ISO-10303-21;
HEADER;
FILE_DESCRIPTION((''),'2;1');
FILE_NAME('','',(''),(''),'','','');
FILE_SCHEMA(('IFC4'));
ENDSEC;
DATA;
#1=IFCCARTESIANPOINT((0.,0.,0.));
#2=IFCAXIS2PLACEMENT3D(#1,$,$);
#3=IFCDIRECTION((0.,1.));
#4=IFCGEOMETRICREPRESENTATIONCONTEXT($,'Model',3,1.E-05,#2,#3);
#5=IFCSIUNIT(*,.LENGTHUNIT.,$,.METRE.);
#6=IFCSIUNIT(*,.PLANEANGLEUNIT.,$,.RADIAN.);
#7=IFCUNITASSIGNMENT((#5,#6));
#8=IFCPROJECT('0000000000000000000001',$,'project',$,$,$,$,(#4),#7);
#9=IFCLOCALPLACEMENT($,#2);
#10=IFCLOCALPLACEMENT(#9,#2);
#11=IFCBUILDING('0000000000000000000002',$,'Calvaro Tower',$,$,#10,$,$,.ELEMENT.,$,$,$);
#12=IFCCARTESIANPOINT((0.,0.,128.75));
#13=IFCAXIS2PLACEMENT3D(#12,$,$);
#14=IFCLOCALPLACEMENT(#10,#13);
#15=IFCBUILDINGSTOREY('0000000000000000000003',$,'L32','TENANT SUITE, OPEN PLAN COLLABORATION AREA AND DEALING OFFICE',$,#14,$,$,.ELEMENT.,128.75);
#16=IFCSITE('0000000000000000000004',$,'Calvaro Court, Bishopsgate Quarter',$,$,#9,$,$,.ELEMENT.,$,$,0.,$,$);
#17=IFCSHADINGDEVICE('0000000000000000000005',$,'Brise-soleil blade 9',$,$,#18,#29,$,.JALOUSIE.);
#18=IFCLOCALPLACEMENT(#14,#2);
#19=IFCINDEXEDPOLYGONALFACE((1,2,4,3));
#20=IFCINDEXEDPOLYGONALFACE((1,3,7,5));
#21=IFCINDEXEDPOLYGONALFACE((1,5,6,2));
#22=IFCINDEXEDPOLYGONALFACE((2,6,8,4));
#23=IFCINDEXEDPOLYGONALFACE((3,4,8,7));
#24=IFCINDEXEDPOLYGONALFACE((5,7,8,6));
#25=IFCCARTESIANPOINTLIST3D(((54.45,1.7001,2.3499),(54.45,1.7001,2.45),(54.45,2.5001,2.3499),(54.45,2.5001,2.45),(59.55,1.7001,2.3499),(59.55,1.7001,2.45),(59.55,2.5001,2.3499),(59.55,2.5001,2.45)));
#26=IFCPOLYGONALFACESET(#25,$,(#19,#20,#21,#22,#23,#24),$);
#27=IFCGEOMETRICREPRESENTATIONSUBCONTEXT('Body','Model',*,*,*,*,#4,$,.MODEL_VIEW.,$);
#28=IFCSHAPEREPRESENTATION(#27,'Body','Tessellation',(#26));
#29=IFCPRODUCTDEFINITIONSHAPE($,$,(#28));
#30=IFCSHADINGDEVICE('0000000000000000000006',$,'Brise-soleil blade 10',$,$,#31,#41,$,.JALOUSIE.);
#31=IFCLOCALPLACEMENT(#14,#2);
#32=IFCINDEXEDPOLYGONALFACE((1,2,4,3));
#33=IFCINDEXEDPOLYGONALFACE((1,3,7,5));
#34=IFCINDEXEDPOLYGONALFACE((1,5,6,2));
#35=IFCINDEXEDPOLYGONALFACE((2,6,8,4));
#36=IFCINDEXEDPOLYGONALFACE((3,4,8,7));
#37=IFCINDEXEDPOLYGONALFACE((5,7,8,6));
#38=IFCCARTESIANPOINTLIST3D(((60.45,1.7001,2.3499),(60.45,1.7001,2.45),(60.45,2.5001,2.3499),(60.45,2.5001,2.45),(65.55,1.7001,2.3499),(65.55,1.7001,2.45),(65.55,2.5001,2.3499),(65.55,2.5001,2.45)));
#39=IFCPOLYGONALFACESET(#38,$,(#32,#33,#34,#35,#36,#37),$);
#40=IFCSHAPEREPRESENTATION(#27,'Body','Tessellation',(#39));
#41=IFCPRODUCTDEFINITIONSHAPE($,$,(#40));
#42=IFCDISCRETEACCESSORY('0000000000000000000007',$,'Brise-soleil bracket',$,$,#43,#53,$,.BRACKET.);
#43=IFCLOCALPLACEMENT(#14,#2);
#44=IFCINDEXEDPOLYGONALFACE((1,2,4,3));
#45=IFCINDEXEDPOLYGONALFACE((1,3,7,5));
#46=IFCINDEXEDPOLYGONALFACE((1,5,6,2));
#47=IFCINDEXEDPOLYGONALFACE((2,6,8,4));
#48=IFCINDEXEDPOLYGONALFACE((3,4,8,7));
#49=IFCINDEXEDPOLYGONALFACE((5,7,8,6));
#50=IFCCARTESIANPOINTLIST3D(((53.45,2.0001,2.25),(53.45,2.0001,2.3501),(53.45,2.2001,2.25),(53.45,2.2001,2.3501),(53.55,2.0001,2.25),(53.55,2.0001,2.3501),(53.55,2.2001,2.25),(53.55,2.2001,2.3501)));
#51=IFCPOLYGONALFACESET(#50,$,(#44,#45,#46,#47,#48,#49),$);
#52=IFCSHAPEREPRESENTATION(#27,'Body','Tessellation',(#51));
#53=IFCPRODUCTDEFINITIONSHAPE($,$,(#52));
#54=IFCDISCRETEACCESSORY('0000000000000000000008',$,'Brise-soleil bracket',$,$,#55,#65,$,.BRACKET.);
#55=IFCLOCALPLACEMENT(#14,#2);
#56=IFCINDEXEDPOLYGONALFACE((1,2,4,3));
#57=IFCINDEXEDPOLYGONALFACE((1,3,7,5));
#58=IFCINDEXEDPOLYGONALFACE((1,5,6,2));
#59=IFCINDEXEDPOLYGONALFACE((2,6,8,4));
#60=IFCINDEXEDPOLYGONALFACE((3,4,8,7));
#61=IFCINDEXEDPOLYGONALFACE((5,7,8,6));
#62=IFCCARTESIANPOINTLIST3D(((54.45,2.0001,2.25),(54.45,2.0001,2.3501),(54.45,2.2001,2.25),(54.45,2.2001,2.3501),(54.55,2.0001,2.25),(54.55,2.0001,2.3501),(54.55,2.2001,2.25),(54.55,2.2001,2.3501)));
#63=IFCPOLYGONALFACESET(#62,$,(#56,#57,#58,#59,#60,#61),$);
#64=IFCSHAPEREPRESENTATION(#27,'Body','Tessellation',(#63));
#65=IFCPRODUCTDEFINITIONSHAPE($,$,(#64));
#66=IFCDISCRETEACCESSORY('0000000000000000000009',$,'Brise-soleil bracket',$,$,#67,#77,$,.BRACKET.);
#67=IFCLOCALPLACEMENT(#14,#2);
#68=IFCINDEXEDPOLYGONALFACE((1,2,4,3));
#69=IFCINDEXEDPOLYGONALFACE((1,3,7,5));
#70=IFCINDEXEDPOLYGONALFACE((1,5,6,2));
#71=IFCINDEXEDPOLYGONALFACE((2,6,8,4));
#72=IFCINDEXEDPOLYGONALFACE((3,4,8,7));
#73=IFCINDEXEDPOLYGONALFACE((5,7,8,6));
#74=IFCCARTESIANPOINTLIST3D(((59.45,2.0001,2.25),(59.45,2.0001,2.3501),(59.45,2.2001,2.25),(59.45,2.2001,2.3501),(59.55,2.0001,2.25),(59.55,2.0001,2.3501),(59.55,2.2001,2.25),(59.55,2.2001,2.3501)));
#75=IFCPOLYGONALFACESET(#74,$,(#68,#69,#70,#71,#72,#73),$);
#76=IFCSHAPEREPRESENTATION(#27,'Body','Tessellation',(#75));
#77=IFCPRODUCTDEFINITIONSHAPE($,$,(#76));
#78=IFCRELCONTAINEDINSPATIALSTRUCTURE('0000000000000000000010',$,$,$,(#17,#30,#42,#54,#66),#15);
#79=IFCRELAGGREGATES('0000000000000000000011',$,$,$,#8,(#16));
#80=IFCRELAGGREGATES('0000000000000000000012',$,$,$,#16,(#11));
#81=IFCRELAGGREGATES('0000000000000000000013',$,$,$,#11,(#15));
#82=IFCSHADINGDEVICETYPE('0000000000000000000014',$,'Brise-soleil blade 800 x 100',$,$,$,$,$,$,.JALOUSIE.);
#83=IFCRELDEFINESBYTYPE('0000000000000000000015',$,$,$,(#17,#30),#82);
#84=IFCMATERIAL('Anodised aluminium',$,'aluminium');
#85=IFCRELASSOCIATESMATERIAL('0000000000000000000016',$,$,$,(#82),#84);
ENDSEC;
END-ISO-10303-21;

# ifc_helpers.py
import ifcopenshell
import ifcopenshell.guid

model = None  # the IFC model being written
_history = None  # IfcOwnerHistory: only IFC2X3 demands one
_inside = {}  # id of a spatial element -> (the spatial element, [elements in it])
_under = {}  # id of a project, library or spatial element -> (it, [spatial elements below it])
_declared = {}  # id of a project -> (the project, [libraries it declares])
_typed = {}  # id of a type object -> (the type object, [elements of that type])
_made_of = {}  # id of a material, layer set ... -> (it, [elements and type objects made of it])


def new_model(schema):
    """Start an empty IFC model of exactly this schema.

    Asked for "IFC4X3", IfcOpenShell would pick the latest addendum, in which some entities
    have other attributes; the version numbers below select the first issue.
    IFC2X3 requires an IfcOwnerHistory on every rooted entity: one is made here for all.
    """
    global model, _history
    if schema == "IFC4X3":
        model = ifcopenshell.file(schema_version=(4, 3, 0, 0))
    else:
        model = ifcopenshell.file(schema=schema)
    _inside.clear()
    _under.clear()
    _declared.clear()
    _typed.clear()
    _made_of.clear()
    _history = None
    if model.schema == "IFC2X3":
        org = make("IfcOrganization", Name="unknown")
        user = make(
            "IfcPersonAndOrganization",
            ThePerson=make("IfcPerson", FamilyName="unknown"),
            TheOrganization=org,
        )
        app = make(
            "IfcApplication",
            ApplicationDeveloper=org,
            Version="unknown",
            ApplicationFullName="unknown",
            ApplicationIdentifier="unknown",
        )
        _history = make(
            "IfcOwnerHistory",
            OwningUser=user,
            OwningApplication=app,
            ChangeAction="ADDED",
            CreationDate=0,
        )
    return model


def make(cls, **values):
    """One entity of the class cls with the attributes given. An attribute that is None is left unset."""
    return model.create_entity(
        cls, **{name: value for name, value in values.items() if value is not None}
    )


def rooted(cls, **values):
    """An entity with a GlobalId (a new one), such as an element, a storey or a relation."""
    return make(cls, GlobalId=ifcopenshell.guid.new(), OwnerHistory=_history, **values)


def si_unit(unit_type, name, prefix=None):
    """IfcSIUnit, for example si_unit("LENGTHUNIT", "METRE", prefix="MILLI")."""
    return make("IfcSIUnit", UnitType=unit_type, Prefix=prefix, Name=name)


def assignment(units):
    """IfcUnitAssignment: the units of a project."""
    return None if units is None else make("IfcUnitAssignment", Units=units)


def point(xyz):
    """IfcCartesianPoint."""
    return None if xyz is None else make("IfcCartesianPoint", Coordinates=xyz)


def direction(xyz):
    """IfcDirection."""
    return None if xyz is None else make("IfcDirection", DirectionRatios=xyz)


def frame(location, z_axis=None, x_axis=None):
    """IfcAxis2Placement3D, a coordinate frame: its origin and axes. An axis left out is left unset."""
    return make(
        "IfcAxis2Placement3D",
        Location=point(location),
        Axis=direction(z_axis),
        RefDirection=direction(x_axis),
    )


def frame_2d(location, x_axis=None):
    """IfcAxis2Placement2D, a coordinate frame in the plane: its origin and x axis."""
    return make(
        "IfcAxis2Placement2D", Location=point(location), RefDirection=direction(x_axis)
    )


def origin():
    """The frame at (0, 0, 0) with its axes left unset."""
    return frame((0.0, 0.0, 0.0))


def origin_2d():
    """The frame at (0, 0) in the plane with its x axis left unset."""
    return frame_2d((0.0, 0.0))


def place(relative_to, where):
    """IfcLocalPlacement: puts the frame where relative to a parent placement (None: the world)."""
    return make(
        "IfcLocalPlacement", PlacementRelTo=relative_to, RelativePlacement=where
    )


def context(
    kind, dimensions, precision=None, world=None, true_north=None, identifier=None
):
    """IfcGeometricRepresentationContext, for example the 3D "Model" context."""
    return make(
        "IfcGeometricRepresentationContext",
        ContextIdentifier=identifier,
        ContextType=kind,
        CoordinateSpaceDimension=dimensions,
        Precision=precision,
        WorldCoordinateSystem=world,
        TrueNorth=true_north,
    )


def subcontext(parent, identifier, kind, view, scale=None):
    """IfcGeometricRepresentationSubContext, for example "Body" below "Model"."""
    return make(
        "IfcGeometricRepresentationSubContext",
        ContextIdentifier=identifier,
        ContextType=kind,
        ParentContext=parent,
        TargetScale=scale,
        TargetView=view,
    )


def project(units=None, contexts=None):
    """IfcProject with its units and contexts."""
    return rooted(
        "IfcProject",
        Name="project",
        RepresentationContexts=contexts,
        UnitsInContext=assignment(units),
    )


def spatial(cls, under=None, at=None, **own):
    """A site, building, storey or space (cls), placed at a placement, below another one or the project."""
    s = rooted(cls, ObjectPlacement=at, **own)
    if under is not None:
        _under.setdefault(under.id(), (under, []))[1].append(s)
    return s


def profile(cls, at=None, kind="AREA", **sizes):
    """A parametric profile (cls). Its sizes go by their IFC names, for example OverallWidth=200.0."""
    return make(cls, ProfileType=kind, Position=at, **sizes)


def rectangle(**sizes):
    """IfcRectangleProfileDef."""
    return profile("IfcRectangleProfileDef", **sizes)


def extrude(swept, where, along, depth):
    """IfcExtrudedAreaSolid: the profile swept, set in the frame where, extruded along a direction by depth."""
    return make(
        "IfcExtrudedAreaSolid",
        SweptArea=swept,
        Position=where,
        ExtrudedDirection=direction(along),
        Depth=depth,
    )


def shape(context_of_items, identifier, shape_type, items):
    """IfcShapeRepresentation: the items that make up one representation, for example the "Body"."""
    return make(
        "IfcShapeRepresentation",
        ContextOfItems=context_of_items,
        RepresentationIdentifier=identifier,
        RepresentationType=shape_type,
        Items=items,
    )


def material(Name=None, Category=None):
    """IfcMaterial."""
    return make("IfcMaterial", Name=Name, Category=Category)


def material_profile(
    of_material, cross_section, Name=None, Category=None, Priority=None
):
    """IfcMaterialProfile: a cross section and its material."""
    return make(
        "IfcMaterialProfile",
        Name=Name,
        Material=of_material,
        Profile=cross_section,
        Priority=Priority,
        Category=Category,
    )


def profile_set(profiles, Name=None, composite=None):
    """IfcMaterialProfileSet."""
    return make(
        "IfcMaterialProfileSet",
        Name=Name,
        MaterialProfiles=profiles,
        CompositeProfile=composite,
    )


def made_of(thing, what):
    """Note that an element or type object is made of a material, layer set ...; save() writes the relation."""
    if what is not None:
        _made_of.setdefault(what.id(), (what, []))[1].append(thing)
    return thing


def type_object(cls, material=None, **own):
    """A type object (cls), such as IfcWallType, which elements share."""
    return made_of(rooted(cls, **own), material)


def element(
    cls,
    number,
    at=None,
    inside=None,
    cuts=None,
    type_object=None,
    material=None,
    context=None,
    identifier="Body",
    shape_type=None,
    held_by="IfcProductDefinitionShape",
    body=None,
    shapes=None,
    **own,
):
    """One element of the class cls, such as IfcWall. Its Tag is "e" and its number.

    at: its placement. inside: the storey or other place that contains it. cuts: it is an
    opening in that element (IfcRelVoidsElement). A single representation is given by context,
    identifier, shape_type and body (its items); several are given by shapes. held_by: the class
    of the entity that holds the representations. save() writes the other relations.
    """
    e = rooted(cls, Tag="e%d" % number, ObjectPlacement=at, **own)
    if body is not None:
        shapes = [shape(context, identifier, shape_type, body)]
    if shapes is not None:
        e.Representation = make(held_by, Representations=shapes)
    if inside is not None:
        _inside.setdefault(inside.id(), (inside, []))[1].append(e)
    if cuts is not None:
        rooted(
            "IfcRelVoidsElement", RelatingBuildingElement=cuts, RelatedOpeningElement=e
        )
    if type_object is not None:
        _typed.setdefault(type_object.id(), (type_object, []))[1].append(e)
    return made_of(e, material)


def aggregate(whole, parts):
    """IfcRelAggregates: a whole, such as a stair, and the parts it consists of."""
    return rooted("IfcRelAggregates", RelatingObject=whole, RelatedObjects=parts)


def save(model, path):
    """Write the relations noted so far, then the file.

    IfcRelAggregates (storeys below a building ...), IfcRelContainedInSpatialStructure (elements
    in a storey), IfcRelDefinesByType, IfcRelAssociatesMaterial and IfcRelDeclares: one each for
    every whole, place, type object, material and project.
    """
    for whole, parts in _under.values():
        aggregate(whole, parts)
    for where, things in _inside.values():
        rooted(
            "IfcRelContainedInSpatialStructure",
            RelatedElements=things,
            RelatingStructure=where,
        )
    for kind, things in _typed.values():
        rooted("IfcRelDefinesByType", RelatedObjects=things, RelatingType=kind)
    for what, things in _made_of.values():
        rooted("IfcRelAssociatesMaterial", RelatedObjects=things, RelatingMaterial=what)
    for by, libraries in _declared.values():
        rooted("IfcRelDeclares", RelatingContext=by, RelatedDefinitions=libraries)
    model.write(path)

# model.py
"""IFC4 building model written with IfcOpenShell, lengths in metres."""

from ifc_helpers import new_model, si_unit, direction, frame, origin, origin_2d, place, context, subcontext, project, spatial, rectangle, extrude, material, material_profile, profile_set, type_object, element, save


model = new_model("IFC4")

# Units and contexts
model_context = context("Model", 3, precision=1e-05, world=origin(), true_north=direction((0.0, 1.0)))
body_context = subcontext(model_context, "Body", "Model", "MODEL_VIEW")
ifc_project = project(units=[si_unit("LENGTHUNIT", "METRE"), si_unit("PLANEANGLEUNIT", "RADIAN")], contexts=[model_context])

# Site, building, storey
site_placement = place(None, origin())
site = spatial("IfcSite", under=ifc_project, at=site_placement, Name="Calvaro Court, Bishopsgate Quarter", CompositionType="ELEMENT", RefElevation=0.0)
building_placement = place(site_placement, origin())
building = spatial("IfcBuilding", under=site, at=building_placement, Name="Calvaro Tower", CompositionType="ELEMENT")
storey_placement = place(building_placement, frame((0.0, 0.0, 128.75)))
storey = spatial("IfcBuildingStorey", under=building, at=storey_placement, Name="L32", Description="TENANT SUITE, OPEN PLAN COLLABORATION AREA AND DEALING OFFICE", CompositionType="ELEMENT", Elevation=128.75)

# Shading devices
ifc_material_1 = material(Name="Anodised aluminium", Category="aluminium")
ifc_material_profile_1 = material_profile(ifc_material_1, rectangle(XDim=0.8, YDim=0.1001, at=origin_2d()), Name="Brise-soleil blade 800 x 100")
ifc_profile_set_1 = profile_set([ifc_material_profile_1], Name="Anodised aluminium")
shading_device_type = type_object("IfcShadingDeviceType", Name="Brise-soleil blade 800 x 100", PredefinedType="JALOUSIE", material=ifc_profile_set_1)
for number, where, z_axis, x_axis, name in (
    (1, (54.45, 2.1001, 2.3999), (1.0, 0.0, 0.0), (0.0, 1.0, 0.0), "Brise-soleil blade 9"),
    (2, (60.45, 2.1001, 2.3999), (1.0, 0.0, 0.0), (0.0, 1.0, 0.0), "Brise-soleil blade 10"),
):
    element("IfcShadingDevice", number, at=place(storey_placement, frame(where, z_axis=z_axis, x_axis=x_axis)), inside=storey, type_object=shading_device_type, Name=name, PredefinedType="JALOUSIE", context=body_context, shape_type="SweptSolid", body=[
        extrude(rectangle(XDim=0.8, YDim=0.1001, at=origin_2d()), origin(), (0.0, 0.0, 1.0), 5.1001),
    ])

# Discrete accessories
for number, where, z_axis, x_axis, name in (
    (3, (53.5, 2.1001, 2.25), (0.0, 0.0, 1.0), (1.0, 0.0, 0.0), "Brise-soleil bracket"),
    (4, (54.5, 2.1001, 2.25), (0.0, 0.0, 1.0), (1.0, 0.0, 0.0), "Brise-soleil bracket"),
    (5, (59.5, 2.1001, 2.25), (0.0, 0.0, 1.0), (1.0, 0.0, 0.0), "Brise-soleil bracket"),
):
    element("IfcDiscreteAccessory", number, at=place(storey_placement, frame(where, z_axis=z_axis, x_axis=x_axis)), inside=storey, Name=name, PredefinedType="BRACKET", context=body_context, shape_type="SweptSolid", body=[
        extrude(rectangle(XDim=0.1001, YDim=0.2, at=origin_2d()), origin(), (0.0, 0.0, 1.0), 0.1001),
    ])

save(model, "model.ifc")
